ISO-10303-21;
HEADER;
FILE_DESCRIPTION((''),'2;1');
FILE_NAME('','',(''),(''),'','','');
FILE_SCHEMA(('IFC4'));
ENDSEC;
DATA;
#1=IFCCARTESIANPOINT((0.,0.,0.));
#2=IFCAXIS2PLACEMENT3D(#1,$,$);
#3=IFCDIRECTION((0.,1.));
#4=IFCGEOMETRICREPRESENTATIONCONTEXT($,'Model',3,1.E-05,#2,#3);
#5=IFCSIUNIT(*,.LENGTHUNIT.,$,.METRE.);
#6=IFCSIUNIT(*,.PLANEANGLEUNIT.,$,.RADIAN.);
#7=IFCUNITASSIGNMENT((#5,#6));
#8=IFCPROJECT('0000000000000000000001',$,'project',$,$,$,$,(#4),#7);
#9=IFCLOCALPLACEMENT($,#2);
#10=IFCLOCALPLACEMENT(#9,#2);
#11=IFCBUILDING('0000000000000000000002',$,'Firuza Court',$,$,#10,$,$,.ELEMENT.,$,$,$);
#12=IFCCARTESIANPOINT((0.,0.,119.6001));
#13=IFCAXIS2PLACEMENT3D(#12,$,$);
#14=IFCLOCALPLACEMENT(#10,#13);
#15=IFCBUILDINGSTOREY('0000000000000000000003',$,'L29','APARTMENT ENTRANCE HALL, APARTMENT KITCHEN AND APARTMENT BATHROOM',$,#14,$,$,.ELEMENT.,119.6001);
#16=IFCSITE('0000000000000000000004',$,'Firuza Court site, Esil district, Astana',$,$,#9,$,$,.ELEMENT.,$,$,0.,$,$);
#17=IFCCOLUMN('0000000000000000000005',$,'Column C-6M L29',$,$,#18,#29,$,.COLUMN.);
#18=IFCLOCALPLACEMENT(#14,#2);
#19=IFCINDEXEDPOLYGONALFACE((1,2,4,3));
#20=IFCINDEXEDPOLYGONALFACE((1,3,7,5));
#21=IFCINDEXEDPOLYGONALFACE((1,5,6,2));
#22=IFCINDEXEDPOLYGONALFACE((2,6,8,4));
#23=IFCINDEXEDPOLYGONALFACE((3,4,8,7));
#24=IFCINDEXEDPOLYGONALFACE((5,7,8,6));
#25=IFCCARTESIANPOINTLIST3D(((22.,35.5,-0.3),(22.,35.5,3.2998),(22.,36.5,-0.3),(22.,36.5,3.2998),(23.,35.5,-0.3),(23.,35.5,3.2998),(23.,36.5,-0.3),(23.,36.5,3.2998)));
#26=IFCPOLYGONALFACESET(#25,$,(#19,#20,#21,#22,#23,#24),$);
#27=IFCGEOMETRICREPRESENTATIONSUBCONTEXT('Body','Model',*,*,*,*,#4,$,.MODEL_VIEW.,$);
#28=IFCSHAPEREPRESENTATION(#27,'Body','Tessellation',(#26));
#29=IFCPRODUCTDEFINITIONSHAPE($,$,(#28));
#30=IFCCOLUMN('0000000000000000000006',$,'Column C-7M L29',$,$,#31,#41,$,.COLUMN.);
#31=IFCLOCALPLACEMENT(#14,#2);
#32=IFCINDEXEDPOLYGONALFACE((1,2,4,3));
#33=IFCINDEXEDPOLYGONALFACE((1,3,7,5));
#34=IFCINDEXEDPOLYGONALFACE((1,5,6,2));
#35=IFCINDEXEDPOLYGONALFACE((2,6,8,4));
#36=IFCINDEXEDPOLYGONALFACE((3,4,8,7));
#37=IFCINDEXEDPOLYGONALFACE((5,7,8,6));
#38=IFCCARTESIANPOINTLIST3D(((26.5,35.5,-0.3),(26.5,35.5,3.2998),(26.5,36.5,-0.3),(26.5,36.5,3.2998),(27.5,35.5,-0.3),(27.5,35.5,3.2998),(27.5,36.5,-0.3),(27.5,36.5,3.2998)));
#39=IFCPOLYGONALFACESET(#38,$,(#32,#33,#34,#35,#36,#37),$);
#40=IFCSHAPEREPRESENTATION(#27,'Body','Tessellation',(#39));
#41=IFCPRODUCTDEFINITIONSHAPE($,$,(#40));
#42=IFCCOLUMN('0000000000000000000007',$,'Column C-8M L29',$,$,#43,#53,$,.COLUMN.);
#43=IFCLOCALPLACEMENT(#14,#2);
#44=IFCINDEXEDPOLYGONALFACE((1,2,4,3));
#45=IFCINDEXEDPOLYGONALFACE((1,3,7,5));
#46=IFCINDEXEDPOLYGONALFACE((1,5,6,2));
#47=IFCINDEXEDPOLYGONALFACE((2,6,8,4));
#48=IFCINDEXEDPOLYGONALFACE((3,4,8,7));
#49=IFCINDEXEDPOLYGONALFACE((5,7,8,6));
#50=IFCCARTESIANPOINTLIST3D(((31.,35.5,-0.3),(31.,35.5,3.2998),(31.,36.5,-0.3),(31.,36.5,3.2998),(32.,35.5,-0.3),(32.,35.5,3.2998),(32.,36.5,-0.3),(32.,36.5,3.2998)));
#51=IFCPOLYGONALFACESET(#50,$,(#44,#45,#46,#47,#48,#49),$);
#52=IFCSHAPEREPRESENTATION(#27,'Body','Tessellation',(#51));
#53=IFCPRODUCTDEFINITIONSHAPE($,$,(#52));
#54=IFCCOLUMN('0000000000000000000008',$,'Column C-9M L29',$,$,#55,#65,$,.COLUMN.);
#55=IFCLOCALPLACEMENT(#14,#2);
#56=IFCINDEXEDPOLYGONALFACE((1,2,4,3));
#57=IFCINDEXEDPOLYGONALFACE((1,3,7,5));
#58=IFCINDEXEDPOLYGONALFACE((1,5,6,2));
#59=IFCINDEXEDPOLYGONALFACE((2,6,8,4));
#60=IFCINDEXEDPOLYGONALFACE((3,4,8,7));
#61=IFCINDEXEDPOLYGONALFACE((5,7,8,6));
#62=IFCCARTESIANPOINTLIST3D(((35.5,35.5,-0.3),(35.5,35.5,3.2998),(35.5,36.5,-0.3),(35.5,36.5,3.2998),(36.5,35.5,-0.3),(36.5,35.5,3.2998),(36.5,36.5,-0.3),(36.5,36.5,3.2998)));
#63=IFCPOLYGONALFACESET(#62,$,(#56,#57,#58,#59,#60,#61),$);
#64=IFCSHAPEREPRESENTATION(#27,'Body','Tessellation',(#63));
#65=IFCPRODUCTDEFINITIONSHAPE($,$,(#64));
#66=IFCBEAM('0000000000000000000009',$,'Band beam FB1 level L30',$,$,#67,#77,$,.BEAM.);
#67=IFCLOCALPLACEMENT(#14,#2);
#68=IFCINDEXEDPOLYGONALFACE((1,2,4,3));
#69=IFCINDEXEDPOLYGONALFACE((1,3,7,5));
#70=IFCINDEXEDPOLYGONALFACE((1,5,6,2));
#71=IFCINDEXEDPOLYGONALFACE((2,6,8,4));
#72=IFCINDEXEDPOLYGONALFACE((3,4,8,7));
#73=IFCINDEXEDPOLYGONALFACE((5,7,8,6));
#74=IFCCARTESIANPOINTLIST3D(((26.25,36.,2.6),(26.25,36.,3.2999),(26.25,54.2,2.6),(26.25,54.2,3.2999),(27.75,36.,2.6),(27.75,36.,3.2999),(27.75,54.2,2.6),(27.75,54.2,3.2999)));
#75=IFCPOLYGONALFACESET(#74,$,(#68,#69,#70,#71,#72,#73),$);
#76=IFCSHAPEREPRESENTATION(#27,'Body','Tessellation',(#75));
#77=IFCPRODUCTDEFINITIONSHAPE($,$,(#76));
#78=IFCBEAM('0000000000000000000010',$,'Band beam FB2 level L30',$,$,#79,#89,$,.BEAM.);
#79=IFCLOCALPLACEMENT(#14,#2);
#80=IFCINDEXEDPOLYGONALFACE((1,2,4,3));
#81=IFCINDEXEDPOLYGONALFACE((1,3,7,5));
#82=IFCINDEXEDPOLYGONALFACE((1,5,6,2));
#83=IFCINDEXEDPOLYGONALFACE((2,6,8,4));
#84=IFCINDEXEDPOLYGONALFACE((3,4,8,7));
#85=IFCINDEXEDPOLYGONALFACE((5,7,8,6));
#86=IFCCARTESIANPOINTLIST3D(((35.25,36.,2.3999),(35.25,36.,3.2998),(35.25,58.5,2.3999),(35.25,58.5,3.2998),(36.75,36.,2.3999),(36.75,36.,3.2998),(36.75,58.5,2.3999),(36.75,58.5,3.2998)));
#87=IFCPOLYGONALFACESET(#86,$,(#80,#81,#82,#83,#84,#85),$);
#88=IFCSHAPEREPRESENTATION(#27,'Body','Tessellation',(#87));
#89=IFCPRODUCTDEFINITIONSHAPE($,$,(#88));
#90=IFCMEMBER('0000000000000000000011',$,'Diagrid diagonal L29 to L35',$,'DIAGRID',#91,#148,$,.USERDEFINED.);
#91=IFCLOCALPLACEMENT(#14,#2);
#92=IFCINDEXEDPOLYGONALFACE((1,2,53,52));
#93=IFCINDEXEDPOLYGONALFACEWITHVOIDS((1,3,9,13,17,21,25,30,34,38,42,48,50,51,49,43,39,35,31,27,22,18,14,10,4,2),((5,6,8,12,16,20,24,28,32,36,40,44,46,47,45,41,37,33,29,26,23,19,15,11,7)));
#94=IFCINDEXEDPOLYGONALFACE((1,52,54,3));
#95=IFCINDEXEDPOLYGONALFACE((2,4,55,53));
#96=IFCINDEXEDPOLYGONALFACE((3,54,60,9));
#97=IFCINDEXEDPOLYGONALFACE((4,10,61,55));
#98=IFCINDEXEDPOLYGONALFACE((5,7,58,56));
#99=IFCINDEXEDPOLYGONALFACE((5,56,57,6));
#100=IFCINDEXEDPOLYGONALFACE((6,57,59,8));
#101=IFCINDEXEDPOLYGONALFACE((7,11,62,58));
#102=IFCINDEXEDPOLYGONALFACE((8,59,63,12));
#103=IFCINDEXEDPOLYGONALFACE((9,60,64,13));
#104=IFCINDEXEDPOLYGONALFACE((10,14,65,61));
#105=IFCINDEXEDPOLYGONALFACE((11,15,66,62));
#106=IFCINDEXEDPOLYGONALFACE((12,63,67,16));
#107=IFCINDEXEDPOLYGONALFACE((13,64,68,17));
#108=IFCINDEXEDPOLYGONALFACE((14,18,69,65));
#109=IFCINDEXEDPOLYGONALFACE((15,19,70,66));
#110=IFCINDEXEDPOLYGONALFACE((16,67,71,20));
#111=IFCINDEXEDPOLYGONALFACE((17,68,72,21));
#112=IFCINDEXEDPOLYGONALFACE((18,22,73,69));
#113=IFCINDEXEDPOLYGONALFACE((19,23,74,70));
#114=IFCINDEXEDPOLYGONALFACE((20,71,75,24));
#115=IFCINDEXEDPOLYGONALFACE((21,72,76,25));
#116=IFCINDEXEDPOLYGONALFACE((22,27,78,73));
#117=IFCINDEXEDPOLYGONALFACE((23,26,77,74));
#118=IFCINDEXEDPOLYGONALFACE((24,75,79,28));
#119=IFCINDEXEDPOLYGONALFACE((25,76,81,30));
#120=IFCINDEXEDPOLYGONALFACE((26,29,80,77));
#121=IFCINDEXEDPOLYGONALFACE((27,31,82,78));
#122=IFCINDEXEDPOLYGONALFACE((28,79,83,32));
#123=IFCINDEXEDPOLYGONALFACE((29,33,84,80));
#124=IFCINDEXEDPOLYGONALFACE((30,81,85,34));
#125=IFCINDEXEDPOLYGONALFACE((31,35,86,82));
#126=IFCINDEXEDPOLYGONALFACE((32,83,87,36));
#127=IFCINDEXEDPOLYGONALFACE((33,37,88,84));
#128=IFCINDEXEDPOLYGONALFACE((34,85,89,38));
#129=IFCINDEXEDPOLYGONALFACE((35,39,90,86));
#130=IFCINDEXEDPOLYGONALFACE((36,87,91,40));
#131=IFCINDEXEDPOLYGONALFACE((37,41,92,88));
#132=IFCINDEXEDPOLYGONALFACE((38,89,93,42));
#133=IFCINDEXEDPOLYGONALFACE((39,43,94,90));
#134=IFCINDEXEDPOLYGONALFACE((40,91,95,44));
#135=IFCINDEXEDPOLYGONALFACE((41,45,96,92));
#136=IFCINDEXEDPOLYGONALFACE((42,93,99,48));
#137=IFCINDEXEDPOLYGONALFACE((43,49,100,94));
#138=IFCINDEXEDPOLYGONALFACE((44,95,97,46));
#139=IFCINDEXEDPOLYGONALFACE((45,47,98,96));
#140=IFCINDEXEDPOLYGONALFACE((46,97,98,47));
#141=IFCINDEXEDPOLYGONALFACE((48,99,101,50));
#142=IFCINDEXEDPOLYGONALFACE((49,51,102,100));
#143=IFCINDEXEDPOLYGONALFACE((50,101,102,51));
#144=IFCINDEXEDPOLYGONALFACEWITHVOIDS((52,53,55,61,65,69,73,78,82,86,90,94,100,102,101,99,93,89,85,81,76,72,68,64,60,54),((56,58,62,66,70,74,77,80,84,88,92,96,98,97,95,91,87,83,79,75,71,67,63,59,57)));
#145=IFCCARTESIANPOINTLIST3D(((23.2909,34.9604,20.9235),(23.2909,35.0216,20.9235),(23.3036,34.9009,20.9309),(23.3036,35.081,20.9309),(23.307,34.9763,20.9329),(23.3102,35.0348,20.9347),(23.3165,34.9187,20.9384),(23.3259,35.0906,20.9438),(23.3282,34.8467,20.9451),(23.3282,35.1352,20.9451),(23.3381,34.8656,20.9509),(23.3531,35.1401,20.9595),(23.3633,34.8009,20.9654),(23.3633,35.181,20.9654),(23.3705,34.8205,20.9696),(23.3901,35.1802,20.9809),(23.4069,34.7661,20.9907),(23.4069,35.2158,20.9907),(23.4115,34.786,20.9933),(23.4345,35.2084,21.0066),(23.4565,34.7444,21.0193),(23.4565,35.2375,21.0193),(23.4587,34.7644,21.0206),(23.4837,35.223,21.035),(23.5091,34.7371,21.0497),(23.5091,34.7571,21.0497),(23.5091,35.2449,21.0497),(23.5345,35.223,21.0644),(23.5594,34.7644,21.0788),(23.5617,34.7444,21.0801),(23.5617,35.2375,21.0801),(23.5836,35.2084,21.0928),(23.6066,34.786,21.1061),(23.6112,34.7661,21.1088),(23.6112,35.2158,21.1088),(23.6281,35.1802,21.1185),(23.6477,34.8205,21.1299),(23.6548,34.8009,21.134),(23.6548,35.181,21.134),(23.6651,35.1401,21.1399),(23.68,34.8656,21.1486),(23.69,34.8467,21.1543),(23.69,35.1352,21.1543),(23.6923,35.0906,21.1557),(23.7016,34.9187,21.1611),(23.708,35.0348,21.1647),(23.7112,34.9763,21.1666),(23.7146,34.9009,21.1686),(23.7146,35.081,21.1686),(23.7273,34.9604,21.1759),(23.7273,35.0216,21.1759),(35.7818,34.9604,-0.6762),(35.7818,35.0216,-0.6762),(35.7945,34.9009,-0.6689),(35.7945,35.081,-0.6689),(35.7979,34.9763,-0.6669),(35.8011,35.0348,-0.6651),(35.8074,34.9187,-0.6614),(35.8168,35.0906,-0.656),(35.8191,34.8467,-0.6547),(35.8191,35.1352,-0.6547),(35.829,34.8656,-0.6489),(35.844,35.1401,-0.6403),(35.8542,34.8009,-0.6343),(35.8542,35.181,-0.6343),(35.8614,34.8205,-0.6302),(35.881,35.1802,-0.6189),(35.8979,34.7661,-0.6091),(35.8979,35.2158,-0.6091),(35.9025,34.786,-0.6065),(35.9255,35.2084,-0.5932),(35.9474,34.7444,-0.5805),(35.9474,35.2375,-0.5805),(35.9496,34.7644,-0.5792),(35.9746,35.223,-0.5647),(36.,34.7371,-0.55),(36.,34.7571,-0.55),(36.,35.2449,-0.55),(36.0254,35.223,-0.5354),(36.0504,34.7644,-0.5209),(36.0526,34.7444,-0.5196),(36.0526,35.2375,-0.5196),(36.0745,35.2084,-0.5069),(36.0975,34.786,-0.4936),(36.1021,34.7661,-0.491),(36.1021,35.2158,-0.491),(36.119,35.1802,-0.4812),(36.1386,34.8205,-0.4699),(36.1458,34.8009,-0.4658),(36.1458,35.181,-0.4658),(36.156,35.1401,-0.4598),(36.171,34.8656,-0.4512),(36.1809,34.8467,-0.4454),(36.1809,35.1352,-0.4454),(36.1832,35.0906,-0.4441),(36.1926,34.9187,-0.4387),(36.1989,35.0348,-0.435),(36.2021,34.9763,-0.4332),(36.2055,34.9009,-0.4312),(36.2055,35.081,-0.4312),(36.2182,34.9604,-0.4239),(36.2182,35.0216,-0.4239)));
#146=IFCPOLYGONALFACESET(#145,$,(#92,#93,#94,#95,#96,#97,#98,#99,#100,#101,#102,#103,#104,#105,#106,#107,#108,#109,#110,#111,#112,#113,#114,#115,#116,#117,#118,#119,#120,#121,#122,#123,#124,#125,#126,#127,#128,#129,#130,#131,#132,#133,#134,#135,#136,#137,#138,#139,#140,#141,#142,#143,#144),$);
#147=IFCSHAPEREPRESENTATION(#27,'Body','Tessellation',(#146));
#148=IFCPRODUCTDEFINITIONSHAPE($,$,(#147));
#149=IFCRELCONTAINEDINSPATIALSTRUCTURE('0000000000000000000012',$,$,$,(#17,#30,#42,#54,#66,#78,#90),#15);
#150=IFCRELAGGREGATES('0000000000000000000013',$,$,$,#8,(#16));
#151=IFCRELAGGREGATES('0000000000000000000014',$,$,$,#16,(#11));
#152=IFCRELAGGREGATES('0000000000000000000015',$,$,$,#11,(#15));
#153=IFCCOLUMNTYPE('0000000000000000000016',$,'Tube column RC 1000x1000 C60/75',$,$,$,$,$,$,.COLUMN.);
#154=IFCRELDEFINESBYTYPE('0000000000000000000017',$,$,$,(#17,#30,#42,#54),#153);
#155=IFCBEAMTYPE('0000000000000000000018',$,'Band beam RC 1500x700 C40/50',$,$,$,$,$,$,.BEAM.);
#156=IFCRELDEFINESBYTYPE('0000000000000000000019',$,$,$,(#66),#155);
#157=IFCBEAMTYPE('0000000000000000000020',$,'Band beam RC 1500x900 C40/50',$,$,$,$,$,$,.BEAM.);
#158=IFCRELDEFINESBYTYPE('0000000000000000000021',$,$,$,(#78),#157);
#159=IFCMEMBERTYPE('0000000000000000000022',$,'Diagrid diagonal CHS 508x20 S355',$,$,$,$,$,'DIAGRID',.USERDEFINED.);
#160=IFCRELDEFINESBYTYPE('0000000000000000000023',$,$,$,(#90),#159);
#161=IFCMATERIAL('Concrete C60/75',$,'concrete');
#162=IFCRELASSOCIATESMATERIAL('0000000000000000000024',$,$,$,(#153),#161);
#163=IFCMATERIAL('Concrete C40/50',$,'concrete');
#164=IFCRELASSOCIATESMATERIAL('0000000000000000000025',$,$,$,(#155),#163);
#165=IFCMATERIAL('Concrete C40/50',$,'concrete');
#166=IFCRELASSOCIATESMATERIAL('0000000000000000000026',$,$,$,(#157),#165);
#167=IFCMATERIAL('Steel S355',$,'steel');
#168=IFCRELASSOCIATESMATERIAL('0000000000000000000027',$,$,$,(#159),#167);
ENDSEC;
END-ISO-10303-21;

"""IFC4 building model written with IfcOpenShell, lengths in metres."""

from ifc_helpers import new_model, si_unit, direction, frame, origin, origin_2d, place, context, subcontext, project, spatial, rectangle, hollow_circle, extrude, material, material_profile, profile_set, type_object, element, save


model = new_model("IFC4")

# Units and contexts
model_context = context("Model", 3, precision=1e-05, world=origin(), true_north=direction((0.0, 1.0)))
body_context = subcontext(model_context, "Body", "Model", "MODEL_VIEW")
ifc_project = project(units=[si_unit("LENGTHUNIT", "METRE"), si_unit("PLANEANGLEUNIT", "RADIAN")], contexts=[model_context])

# Site, building, storey
site_placement = place(None, origin())
site = spatial("IfcSite", under=ifc_project, at=site_placement, Name="Firuza Court site, Esil district, Astana", CompositionType="ELEMENT", RefElevation=0.0)
building_placement = place(site_placement, origin())
building = spatial("IfcBuilding", under=site, at=building_placement, Name="Firuza Court", CompositionType="ELEMENT")
storey_placement = place(building_placement, frame((0.0, 0.0, 119.6001)))
storey = spatial("IfcBuildingStorey", under=building, at=storey_placement, Name="L29", Description="APARTMENT ENTRANCE HALL, APARTMENT KITCHEN AND APARTMENT BATHROOM", CompositionType="ELEMENT", Elevation=119.6001)

# Columns
ifc_material_1 = material(Name="Concrete C60/75", Category="concrete")
ifc_material_profile_1 = material_profile(ifc_material_1, rectangle(XDim=1.0, YDim=1.0, at=origin_2d()), Name="RC 1000x1000")
ifc_profile_set_1 = profile_set([ifc_material_profile_1], Name="Concrete C60/75")
column_type = type_object("IfcColumnType", Name="Tube column RC 1000x1000 C60/75", PredefinedType="COLUMN", material=ifc_profile_set_1)
for number, where, z_axis, x_axis, name in (
    (1, (22.5, 36.0, -0.3), (0.0, 0.0, 1.0), (1.0, 0.0, 0.0), "Column C-6M L29"),
    (2, (27.0, 36.0, -0.3), (0.0, 0.0, 1.0), (1.0, 0.0, 0.0), "Column C-7M L29"),
    (3, (31.5, 36.0, -0.3), (0.0, 0.0, 1.0), (1.0, 0.0, 0.0), "Column C-8M L29"),
    (4, (36.0, 36.0, -0.3), (0.0, 0.0, 1.0), (1.0, 0.0, 0.0), "Column C-9M L29"),
):
    element("IfcColumn", number, at=place(storey_placement, frame(where, z_axis=z_axis, x_axis=x_axis)), inside=storey, type_object=column_type, Name=name, PredefinedType="COLUMN", context=body_context, shape_type="SweptSolid", body=[
        extrude(rectangle(XDim=1.0, YDim=1.0, at=origin_2d()), origin(), (0.0, 0.0, 1.0), 3.5999),
    ])

# Beams
ifc_material_2 = material(Name="Concrete C40/50", Category="concrete")
ifc_material_profile_2 = material_profile(ifc_material_2, rectangle(XDim=1.5, YDim=0.7, at=origin_2d()), Name="RC 1500x700")
ifc_profile_set_2 = profile_set([ifc_material_profile_2], Name="Concrete C40/50")
beam_type_1 = type_object("IfcBeamType", Name="Band beam RC 1500x700 C40/50", PredefinedType="BEAM", material=ifc_profile_set_2)
beam_1_placement = place(storey_placement, frame((27.0, 36.0, 2.95), z_axis=(0.0, 1.0, 0.0), x_axis=(-1.0, 0.0, 0.0)))
element("IfcBeam", 5, at=beam_1_placement, inside=storey, type_object=beam_type_1, Name="Band beam FB1 level L30", PredefinedType="BEAM", context=body_context, shape_type="SweptSolid", body=[
    extrude(rectangle(XDim=1.5, YDim=0.7, at=origin_2d()), origin(), (0.0, 0.0, 1.0), 18.2),
])
ifc_material_3 = material(Name="Concrete C40/50", Category="concrete")
ifc_material_profile_3 = material_profile(ifc_material_3, rectangle(XDim=1.5, YDim=0.8999, at=origin_2d()), Name="RC 1500x900")
ifc_profile_set_3 = profile_set([ifc_material_profile_3], Name="Concrete C40/50")
beam_type_2 = type_object("IfcBeamType", Name="Band beam RC 1500x900 C40/50", PredefinedType="BEAM", material=ifc_profile_set_3)
beam_2_placement = place(storey_placement, frame((36.0, 36.0, 2.8499), z_axis=(0.0, 1.0, 0.0), x_axis=(-1.0, 0.0, 0.0)))
element("IfcBeam", 6, at=beam_2_placement, inside=storey, type_object=beam_type_2, Name="Band beam FB2 level L30", PredefinedType="BEAM", context=body_context, shape_type="SweptSolid", body=[
    extrude(rectangle(XDim=1.5, YDim=0.8999, at=origin_2d()), origin(), (0.0, 0.0, 1.0), 22.5),
])

# Member
ifc_material_4 = material(Name="Steel S355", Category="steel")
ifc_material_profile_4 = material_profile(ifc_material_4, hollow_circle(Radius=0.2539, WallThickness=0.02, at=origin_2d()), Name="CHS 508x20")
ifc_profile_set_4 = profile_set([ifc_material_profile_4], Name="Steel S355")
member_type = type_object("IfcMemberType", Name="Diagrid diagonal CHS 508x20 S355", ElementType="DIAGRID", PredefinedType="USERDEFINED", material=ifc_profile_set_4)
member_1_placement = place(storey_placement, frame((36.0, 34.991, -0.55), z_axis=(-0.50061, 0.0, 0.865673), x_axis=(0.0, -1.0, 0.0)))
element("IfcMember", 7, at=member_1_placement, inside=storey, type_object=member_type, Name="Diagrid diagonal L29 to L35", ObjectType="DIAGRID", PredefinedType="USERDEFINED", context=body_context, shape_type="SweptSolid", body=[
    extrude(hollow_circle(Radius=0.2539, WallThickness=0.02, at=origin_2d()), origin(), (0.0, 0.0, 1.0), 24.9514),
])

save(model, "model.ifc")
